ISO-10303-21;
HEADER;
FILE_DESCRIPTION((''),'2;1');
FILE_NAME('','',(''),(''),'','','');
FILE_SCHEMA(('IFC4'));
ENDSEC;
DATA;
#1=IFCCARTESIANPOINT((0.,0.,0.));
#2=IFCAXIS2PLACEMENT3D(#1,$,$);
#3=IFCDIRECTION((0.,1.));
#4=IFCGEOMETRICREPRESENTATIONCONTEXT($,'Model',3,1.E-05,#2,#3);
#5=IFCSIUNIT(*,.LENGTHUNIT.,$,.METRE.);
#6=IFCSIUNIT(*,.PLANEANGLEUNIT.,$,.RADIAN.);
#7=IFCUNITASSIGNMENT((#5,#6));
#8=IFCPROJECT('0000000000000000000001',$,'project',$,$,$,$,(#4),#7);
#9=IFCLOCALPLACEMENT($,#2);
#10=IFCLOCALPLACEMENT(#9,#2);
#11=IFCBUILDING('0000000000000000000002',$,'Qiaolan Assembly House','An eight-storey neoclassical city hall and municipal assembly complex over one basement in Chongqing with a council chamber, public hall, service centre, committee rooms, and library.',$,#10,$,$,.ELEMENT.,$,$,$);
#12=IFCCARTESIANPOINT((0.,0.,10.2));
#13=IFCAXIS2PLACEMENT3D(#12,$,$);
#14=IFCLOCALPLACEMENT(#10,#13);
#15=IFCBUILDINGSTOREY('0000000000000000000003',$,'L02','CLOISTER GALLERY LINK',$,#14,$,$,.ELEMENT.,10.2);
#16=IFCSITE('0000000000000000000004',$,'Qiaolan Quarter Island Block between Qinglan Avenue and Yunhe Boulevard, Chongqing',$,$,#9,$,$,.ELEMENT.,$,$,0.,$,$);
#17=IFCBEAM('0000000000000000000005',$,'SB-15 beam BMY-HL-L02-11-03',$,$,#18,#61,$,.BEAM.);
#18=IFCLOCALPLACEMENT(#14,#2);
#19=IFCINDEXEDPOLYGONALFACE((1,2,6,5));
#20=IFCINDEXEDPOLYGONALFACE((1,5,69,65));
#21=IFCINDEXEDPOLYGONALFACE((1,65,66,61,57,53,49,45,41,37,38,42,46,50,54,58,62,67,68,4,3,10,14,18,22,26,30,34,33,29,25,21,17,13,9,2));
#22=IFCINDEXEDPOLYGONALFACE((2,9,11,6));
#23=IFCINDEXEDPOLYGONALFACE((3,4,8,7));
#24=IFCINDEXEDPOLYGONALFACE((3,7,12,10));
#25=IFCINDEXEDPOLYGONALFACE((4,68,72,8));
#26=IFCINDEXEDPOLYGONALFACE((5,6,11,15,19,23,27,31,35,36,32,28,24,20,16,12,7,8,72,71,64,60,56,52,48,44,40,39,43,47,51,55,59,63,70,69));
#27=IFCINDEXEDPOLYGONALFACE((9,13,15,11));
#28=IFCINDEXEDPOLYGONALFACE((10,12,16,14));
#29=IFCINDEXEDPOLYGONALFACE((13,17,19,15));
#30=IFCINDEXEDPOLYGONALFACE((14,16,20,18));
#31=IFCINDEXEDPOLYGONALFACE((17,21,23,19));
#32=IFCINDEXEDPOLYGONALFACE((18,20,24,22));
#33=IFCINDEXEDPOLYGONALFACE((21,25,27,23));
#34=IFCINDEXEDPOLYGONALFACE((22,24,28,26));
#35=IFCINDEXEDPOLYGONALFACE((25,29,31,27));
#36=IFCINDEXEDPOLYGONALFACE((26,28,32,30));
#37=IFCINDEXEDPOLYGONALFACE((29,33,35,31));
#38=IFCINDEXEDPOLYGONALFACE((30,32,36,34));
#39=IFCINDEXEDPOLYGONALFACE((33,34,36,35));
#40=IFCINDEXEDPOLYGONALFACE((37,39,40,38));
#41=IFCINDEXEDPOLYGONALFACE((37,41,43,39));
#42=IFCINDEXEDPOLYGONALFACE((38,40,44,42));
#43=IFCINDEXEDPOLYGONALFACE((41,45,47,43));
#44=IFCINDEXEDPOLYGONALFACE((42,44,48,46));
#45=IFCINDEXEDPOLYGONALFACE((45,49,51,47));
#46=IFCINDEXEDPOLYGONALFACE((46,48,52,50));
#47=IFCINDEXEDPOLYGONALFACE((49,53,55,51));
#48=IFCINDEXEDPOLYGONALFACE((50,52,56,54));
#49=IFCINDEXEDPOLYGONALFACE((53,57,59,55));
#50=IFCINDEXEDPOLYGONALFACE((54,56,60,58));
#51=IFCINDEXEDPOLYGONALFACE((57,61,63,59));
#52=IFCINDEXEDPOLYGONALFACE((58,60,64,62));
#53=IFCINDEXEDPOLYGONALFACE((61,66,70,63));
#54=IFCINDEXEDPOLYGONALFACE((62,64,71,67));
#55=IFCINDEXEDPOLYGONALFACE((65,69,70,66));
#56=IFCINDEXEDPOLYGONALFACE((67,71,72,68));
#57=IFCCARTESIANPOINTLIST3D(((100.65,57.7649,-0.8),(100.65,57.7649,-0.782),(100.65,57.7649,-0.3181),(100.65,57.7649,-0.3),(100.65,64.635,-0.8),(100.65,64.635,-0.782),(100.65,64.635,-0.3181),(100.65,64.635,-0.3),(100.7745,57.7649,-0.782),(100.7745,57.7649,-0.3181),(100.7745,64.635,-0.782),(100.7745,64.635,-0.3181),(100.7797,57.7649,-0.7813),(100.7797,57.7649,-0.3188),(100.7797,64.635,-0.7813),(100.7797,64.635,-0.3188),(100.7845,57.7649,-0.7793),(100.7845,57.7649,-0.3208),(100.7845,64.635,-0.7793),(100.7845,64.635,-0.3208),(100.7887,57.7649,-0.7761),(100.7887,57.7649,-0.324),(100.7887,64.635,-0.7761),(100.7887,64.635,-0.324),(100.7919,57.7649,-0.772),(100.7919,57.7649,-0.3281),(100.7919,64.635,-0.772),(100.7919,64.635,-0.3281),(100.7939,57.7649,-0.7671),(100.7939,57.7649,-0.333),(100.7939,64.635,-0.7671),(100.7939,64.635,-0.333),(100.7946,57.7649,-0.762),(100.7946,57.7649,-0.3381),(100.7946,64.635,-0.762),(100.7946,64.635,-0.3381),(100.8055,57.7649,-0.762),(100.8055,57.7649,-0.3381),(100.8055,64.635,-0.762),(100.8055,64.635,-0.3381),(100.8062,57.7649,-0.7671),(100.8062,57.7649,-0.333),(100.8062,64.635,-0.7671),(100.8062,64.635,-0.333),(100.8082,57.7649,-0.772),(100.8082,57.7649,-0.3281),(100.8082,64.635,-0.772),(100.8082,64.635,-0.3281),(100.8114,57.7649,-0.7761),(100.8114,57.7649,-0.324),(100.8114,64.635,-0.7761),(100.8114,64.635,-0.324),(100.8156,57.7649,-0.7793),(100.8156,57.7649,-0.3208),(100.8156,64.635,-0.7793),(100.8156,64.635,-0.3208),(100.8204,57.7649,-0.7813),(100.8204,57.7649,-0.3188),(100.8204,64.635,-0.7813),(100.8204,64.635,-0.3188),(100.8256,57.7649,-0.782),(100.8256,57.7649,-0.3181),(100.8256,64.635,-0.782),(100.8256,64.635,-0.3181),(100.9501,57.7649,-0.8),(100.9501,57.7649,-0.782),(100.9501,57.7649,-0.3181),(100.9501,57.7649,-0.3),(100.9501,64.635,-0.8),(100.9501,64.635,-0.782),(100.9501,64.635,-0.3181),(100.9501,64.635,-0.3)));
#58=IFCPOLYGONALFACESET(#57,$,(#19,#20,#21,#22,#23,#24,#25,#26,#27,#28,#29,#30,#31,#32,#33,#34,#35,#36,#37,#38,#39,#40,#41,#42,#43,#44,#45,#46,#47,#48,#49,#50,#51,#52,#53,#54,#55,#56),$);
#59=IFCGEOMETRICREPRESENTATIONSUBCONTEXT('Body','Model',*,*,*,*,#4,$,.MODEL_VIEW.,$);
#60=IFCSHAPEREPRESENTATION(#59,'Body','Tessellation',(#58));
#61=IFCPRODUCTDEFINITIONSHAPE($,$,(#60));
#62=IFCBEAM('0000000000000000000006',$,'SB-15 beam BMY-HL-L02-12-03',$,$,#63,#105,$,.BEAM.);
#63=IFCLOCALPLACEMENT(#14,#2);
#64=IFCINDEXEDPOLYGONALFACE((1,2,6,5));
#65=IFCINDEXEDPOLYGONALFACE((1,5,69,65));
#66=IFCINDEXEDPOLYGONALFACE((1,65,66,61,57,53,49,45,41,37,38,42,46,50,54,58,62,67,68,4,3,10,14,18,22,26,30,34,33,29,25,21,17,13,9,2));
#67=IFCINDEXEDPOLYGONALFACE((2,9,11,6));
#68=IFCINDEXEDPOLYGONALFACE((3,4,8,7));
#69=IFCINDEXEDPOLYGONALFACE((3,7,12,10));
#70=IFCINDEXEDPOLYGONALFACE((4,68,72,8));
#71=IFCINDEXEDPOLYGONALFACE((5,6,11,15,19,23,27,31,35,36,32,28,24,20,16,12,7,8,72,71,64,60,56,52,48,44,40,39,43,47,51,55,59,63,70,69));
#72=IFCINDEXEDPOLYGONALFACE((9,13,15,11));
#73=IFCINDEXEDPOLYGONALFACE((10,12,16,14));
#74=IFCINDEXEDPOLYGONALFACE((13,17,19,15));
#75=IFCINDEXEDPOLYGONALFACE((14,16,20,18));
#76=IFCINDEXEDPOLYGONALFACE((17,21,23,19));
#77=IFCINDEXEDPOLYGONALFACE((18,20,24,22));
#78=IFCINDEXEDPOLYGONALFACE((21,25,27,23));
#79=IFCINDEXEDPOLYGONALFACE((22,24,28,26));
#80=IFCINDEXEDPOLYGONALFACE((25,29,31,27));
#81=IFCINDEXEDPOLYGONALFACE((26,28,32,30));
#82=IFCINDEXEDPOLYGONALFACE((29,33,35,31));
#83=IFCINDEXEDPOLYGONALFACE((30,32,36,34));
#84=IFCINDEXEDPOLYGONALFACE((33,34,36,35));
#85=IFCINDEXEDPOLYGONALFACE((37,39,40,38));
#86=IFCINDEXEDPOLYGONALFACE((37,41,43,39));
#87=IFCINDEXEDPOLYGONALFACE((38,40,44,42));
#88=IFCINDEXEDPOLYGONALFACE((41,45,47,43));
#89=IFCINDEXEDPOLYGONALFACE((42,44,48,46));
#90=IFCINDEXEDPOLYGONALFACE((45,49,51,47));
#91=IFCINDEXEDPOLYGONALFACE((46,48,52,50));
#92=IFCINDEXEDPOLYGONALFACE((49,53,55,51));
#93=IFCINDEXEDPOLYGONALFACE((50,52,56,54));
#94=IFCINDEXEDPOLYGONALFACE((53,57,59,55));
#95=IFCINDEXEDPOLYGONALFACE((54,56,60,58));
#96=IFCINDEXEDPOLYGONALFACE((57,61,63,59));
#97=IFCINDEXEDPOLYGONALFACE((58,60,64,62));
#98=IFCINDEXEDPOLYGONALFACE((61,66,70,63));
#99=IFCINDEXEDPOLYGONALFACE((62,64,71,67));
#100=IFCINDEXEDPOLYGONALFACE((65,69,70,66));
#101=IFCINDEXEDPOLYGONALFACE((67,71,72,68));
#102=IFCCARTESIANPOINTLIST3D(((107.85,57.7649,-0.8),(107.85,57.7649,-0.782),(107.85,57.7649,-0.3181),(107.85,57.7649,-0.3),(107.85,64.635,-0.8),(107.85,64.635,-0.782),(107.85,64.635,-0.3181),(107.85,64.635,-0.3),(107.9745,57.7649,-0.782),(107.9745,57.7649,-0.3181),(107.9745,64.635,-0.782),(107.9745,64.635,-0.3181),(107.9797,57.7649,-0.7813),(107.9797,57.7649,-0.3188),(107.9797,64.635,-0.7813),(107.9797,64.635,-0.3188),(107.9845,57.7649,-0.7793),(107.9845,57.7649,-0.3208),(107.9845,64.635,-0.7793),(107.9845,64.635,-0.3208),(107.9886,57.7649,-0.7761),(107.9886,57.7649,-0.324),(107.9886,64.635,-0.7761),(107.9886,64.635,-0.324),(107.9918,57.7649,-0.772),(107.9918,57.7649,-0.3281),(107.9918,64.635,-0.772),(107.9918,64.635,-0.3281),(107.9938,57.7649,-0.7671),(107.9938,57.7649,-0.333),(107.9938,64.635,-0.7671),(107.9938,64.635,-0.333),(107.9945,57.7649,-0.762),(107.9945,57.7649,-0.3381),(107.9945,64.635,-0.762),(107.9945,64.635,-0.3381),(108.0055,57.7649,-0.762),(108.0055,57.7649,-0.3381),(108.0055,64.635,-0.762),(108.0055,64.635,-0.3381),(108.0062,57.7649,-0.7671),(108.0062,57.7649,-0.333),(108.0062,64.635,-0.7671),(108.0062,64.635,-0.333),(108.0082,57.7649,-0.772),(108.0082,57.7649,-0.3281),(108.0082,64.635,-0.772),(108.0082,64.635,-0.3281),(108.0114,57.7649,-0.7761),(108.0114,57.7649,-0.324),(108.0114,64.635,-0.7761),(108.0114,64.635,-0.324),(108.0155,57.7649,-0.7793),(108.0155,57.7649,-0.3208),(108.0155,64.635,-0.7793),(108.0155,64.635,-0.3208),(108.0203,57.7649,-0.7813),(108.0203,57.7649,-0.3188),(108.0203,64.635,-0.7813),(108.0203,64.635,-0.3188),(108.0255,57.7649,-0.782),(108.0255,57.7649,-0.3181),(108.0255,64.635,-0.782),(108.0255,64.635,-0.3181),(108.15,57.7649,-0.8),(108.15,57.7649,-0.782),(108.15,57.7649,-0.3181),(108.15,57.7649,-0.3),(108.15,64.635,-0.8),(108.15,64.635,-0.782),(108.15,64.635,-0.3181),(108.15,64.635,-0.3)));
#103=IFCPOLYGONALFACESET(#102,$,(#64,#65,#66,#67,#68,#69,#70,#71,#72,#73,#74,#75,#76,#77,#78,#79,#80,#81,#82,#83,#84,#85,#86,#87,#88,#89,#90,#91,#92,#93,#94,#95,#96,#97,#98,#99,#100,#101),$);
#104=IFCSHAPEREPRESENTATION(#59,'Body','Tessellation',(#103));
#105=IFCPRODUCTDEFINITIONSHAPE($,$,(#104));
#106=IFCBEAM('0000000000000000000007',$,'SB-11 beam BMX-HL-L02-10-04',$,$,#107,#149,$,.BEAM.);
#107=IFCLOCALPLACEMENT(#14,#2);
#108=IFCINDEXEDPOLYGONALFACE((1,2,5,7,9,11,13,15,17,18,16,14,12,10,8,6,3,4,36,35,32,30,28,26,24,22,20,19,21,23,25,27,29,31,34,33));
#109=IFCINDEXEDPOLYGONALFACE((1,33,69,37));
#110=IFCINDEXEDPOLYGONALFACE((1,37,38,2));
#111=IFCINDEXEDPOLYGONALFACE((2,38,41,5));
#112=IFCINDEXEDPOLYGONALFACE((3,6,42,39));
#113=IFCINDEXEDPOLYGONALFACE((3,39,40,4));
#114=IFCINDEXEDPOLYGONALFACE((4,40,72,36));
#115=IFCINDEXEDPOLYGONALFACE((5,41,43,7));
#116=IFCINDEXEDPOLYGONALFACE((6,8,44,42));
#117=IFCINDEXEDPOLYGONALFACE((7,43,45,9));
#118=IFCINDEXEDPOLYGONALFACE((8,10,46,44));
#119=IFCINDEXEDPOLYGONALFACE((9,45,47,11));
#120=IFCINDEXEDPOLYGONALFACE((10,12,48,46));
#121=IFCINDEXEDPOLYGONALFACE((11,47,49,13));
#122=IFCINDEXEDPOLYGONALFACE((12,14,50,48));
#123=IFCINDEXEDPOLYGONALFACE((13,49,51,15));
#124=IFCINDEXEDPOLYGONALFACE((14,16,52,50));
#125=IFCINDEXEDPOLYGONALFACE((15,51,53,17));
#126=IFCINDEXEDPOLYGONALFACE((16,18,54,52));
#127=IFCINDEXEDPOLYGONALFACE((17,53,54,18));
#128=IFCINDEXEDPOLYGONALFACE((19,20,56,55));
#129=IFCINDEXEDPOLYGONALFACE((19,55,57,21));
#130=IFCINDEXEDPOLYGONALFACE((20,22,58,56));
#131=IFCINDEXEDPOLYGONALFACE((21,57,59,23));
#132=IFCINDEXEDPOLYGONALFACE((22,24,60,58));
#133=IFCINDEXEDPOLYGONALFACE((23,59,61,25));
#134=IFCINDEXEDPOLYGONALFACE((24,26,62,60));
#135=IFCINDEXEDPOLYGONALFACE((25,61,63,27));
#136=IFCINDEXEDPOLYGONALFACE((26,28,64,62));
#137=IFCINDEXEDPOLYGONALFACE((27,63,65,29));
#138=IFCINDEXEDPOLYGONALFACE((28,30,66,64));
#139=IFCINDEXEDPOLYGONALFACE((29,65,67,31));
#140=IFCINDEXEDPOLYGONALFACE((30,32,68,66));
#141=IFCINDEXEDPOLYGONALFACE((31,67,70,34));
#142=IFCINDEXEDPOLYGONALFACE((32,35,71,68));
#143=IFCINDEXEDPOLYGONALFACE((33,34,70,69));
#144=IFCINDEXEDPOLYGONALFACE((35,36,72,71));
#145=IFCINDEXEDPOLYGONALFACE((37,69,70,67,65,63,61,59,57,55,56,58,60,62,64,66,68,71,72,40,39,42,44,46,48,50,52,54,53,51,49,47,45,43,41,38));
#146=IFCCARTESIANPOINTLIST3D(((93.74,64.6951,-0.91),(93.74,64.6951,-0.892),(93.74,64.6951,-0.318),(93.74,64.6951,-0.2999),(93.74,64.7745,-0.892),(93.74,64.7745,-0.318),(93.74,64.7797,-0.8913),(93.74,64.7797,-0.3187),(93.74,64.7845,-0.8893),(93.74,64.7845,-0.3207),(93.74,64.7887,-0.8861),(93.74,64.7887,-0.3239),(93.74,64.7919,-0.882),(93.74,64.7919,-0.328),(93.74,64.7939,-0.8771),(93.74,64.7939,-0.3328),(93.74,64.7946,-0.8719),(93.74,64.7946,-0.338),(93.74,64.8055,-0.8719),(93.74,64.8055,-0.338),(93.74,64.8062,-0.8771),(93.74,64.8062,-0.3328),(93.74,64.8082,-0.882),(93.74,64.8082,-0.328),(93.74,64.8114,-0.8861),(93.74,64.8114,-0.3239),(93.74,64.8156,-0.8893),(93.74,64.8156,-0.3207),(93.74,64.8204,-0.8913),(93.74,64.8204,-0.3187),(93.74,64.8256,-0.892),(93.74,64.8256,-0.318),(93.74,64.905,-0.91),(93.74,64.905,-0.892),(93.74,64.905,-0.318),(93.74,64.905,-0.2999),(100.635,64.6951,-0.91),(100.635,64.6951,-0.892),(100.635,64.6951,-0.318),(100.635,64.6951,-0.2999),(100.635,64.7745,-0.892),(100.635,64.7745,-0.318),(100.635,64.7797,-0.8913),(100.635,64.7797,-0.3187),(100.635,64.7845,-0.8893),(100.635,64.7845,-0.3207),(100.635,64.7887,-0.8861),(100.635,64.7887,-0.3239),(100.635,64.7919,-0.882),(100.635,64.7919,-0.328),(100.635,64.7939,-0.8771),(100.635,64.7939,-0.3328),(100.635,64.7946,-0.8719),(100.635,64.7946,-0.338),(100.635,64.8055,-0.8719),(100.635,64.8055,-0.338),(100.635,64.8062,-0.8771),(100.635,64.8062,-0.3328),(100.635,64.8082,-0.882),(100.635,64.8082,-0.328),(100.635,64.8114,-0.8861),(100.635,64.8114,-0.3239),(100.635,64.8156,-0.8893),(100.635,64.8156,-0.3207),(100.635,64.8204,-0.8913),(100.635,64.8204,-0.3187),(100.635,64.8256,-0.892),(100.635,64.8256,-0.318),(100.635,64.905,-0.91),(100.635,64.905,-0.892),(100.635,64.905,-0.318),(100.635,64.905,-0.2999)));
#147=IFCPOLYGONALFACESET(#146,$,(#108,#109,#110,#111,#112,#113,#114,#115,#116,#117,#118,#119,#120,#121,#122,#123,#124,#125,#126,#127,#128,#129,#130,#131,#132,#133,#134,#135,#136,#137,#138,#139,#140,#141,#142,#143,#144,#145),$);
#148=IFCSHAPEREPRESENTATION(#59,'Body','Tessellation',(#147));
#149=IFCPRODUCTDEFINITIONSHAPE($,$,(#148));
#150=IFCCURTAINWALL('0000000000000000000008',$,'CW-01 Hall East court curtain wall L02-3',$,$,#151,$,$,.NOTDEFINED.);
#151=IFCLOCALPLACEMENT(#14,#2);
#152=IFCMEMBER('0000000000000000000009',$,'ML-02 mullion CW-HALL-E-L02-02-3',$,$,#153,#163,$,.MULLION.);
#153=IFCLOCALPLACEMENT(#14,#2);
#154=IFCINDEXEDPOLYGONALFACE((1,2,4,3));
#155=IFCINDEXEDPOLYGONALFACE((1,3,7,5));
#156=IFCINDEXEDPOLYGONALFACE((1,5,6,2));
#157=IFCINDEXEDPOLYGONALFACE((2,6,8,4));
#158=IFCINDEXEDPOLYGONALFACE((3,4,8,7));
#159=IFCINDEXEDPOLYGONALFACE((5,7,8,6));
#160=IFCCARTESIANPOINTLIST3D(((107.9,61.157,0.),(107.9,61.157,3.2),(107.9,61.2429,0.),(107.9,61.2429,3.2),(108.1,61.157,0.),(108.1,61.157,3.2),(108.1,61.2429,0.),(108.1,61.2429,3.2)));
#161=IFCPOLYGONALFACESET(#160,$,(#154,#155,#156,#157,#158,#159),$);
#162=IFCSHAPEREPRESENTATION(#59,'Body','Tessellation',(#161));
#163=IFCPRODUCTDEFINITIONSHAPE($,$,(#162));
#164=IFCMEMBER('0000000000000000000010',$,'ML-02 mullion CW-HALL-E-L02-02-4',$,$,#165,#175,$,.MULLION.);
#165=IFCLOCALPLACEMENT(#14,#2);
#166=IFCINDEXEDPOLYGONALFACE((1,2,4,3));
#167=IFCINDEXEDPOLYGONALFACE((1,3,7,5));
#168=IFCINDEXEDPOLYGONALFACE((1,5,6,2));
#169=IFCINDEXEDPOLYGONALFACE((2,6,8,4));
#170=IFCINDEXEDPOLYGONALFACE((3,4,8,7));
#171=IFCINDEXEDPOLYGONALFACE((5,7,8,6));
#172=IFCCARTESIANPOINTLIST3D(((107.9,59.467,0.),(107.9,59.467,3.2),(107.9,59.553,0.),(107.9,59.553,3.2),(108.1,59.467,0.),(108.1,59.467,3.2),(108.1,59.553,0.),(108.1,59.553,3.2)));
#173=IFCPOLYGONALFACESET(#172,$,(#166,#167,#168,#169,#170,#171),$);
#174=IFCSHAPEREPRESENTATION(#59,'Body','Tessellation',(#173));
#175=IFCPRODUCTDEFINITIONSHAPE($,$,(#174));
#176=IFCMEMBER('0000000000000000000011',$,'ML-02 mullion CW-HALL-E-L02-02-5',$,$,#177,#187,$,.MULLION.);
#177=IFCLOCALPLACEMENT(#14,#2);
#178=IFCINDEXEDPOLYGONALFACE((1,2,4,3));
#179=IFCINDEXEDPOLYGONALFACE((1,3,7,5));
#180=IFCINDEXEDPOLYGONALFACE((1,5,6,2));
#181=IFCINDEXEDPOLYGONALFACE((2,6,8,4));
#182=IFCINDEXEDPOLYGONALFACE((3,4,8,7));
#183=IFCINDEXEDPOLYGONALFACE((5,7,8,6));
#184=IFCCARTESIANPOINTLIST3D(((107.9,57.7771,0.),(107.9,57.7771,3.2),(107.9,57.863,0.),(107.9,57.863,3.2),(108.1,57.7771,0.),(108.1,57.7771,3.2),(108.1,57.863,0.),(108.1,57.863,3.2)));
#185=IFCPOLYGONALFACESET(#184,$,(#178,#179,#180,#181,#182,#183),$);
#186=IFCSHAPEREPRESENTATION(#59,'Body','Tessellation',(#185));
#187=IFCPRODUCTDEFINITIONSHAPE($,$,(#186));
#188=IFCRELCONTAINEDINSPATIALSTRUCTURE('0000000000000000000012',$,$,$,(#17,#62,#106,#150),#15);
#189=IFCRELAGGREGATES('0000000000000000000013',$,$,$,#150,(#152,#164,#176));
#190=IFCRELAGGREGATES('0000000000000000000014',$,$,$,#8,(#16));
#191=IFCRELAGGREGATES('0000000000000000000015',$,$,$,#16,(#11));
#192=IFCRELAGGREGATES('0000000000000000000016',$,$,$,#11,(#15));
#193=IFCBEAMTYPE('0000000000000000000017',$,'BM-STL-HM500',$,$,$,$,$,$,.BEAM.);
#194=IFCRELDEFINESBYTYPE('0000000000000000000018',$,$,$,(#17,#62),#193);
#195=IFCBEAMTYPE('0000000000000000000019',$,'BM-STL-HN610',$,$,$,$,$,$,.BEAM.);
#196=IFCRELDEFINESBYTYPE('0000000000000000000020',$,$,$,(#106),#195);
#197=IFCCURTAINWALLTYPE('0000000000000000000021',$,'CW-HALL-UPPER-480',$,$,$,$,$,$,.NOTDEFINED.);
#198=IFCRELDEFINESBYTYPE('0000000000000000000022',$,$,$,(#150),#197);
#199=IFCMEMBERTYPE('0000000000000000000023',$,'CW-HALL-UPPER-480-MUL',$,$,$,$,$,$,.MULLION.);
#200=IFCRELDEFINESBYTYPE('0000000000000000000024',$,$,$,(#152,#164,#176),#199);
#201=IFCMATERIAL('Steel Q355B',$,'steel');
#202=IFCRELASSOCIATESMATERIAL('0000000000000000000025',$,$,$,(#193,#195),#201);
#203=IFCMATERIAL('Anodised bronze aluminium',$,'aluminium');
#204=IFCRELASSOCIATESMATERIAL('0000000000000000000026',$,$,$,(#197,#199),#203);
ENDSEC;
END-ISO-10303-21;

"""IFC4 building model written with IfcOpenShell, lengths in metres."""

from ifc_helpers import new_model, si_unit, direction, frame, origin, origin_2d, place, context, subcontext, project, spatial, rectangle, i_section, extrude, material, material_profile, profile_set, type_object, element, aggregate, save


model = new_model("IFC4")

# Units and contexts
model_context = context("Model", 3, precision=1e-05, world=origin(), true_north=direction((0.0, 1.0)))
body_context = subcontext(model_context, "Body", "Model", "MODEL_VIEW")
ifc_project = project(units=[si_unit("LENGTHUNIT", "METRE"), si_unit("PLANEANGLEUNIT", "RADIAN")], contexts=[model_context])

# Site, building, storey
site_placement = place(None, origin())
site = spatial("IfcSite", under=ifc_project, at=site_placement, Name="Qiaolan Quarter Island Block between Qinglan Avenue and Yunhe Boulevard, Chongqing", CompositionType="ELEMENT", RefElevation=0.0)
building_placement = place(site_placement, origin())
building = spatial("IfcBuilding", under=site, at=building_placement, Name="Qiaolan Assembly House", Description="An eight-storey neoclassical city hall and municipal assembly complex over one basement in Chongqing with a council chamber, public hall, service centre, committee rooms, and library.", CompositionType="ELEMENT")
storey_placement = place(building_placement, frame((0.0, 0.0, 10.2)))
storey = spatial("IfcBuildingStorey", under=building, at=storey_placement, Name="L02", Description="CLOISTER GALLERY LINK", CompositionType="ELEMENT", Elevation=10.2)

# Beams
ifc_material_1 = material(Name="Steel Q355B", Category="steel")
ifc_material_profile_1 = material_profile(ifc_material_1, i_section(OverallWidth=0.3, OverallDepth=0.5, WebThickness=0.011, FlangeThickness=0.0181, FilletRadius=0.02, at=origin_2d()), Name="HM 500x300x11x18")
ifc_profile_set_1 = profile_set([ifc_material_profile_1], Name="Steel Q355B")
beam_type_1 = type_object("IfcBeamType", Name="BM-STL-HM500", PredefinedType="BEAM", material=ifc_profile_set_1)
for number, where, z_axis, x_axis, name in (
    (1, (100.8, 57.7649, -0.55), (0.0, 1.0, 0.0), (-1.0, 0.0, 0.0), "SB-15 beam BMY-HL-L02-11-03"),
    (2, (108.0, 57.7649, -0.55), (0.0, 1.0, 0.0), (-1.0, 0.0, 0.0), "SB-15 beam BMY-HL-L02-12-03"),
):
    element("IfcBeam", number, at=place(storey_placement, frame(where, z_axis=z_axis, x_axis=x_axis)), inside=storey, type_object=beam_type_1, Name=name, PredefinedType="BEAM", context=body_context, shape_type="SweptSolid", body=[
        extrude(i_section(OverallWidth=0.3, OverallDepth=0.5, WebThickness=0.011, FlangeThickness=0.0181, FilletRadius=0.02, at=origin_2d()), origin(), (0.0, 0.0, 1.0), 6.8701),
    ])
ifc_material_profile_2 = material_profile(ifc_material_1, i_section(OverallWidth=0.21, OverallDepth=0.6101, WebThickness=0.011, FlangeThickness=0.0181, FilletRadius=0.02, at=origin_2d()), Name="HN 610x210x11x18")
ifc_profile_set_2 = profile_set([ifc_material_profile_2], Name="Steel Q355B")
beam_type_2 = type_object("IfcBeamType", Name="BM-STL-HN610", PredefinedType="BEAM", material=ifc_profile_set_2)
beam_placement = place(storey_placement, frame((93.74, 64.8, -0.605), z_axis=(1.0, 0.0, 0.0), x_axis=(0.0, 1.0, 0.0)))
element("IfcBeam", 3, at=beam_placement, inside=storey, type_object=beam_type_2, Name="SB-11 beam BMX-HL-L02-10-04", PredefinedType="BEAM", context=body_context, shape_type="SweptSolid", body=[
    extrude(i_section(OverallWidth=0.21, OverallDepth=0.6101, WebThickness=0.011, FlangeThickness=0.0181, FilletRadius=0.02, at=origin_2d()), origin(), (0.0, 0.0, 1.0), 6.895),
])

# Curtain wall, members
ifc_material_2 = material(Name="Anodised bronze aluminium", Category="aluminium")
curtain_wall_type = type_object("IfcCurtainWallType", Name="CW-HALL-UPPER-480", PredefinedType="NOTDEFINED", material=ifc_material_2)
curtain_wall_placement = place(storey_placement, origin())
curtain_wall = element("IfcCurtainWall", 4, at=curtain_wall_placement, inside=storey, type_object=curtain_wall_type, Name="CW-01 Hall East court curtain wall L02-3", PredefinedType="NOTDEFINED")
ifc_material_profile_3 = material_profile(ifc_material_2, rectangle(XDim=0.0859, YDim=0.2, at=origin_2d()), Name="MUL 86x200")
ifc_profile_set_3 = profile_set([ifc_material_profile_3], Name="Anodised bronze aluminium")
member_type_1 = type_object("IfcMemberType", Name="CW-HALL-UPPER-480-MUL", PredefinedType="MULLION", material=ifc_profile_set_3)
member_1_placement = place(storey_placement, frame((108.0, 61.2, 0.0), z_axis=(0.0, 0.0, 1.0), x_axis=(0.0, -1.0, 0.0)))
member_1 = element("IfcMember", 5, at=member_1_placement, type_object=member_type_1, Name="ML-02 mullion CW-HALL-E-L02-02-3", PredefinedType="MULLION", context=body_context, shape_type="SweptSolid", body=[
    extrude(rectangle(XDim=0.0859, YDim=0.2, at=origin_2d()), origin(), (0.0, 0.0, 1.0), 3.2),
])
member_2_placement = place(storey_placement, frame((108.0, 59.51, 0.0), z_axis=(0.0, 0.0, 1.0), x_axis=(0.0, -1.0, 0.0)))
member_2 = element("IfcMember", 6, at=member_2_placement, type_object=member_type_1, Name="ML-02 mullion CW-HALL-E-L02-02-4", PredefinedType="MULLION", context=body_context, shape_type="SweptSolid", body=[
    extrude(rectangle(XDim=0.0859, YDim=0.2, at=origin_2d()), origin(), (0.0, 0.0, 1.0), 3.2),
])
member_3_placement = place(storey_placement, frame((108.0, 57.8201, 0.0), z_axis=(0.0, 0.0, 1.0), x_axis=(0.0, -1.0, 0.0)))
member_3 = element("IfcMember", 7, at=member_3_placement, type_object=member_type_1, Name="ML-02 mullion CW-HALL-E-L02-02-5", PredefinedType="MULLION", context=body_context, shape_type="SweptSolid", body=[
    extrude(rectangle(XDim=0.0859, YDim=0.2, at=origin_2d()), origin(), (0.0, 0.0, 1.0), 3.2),
])

aggregate(curtain_wall, [member_1, member_2, member_3])

save(model, "model.ifc")
